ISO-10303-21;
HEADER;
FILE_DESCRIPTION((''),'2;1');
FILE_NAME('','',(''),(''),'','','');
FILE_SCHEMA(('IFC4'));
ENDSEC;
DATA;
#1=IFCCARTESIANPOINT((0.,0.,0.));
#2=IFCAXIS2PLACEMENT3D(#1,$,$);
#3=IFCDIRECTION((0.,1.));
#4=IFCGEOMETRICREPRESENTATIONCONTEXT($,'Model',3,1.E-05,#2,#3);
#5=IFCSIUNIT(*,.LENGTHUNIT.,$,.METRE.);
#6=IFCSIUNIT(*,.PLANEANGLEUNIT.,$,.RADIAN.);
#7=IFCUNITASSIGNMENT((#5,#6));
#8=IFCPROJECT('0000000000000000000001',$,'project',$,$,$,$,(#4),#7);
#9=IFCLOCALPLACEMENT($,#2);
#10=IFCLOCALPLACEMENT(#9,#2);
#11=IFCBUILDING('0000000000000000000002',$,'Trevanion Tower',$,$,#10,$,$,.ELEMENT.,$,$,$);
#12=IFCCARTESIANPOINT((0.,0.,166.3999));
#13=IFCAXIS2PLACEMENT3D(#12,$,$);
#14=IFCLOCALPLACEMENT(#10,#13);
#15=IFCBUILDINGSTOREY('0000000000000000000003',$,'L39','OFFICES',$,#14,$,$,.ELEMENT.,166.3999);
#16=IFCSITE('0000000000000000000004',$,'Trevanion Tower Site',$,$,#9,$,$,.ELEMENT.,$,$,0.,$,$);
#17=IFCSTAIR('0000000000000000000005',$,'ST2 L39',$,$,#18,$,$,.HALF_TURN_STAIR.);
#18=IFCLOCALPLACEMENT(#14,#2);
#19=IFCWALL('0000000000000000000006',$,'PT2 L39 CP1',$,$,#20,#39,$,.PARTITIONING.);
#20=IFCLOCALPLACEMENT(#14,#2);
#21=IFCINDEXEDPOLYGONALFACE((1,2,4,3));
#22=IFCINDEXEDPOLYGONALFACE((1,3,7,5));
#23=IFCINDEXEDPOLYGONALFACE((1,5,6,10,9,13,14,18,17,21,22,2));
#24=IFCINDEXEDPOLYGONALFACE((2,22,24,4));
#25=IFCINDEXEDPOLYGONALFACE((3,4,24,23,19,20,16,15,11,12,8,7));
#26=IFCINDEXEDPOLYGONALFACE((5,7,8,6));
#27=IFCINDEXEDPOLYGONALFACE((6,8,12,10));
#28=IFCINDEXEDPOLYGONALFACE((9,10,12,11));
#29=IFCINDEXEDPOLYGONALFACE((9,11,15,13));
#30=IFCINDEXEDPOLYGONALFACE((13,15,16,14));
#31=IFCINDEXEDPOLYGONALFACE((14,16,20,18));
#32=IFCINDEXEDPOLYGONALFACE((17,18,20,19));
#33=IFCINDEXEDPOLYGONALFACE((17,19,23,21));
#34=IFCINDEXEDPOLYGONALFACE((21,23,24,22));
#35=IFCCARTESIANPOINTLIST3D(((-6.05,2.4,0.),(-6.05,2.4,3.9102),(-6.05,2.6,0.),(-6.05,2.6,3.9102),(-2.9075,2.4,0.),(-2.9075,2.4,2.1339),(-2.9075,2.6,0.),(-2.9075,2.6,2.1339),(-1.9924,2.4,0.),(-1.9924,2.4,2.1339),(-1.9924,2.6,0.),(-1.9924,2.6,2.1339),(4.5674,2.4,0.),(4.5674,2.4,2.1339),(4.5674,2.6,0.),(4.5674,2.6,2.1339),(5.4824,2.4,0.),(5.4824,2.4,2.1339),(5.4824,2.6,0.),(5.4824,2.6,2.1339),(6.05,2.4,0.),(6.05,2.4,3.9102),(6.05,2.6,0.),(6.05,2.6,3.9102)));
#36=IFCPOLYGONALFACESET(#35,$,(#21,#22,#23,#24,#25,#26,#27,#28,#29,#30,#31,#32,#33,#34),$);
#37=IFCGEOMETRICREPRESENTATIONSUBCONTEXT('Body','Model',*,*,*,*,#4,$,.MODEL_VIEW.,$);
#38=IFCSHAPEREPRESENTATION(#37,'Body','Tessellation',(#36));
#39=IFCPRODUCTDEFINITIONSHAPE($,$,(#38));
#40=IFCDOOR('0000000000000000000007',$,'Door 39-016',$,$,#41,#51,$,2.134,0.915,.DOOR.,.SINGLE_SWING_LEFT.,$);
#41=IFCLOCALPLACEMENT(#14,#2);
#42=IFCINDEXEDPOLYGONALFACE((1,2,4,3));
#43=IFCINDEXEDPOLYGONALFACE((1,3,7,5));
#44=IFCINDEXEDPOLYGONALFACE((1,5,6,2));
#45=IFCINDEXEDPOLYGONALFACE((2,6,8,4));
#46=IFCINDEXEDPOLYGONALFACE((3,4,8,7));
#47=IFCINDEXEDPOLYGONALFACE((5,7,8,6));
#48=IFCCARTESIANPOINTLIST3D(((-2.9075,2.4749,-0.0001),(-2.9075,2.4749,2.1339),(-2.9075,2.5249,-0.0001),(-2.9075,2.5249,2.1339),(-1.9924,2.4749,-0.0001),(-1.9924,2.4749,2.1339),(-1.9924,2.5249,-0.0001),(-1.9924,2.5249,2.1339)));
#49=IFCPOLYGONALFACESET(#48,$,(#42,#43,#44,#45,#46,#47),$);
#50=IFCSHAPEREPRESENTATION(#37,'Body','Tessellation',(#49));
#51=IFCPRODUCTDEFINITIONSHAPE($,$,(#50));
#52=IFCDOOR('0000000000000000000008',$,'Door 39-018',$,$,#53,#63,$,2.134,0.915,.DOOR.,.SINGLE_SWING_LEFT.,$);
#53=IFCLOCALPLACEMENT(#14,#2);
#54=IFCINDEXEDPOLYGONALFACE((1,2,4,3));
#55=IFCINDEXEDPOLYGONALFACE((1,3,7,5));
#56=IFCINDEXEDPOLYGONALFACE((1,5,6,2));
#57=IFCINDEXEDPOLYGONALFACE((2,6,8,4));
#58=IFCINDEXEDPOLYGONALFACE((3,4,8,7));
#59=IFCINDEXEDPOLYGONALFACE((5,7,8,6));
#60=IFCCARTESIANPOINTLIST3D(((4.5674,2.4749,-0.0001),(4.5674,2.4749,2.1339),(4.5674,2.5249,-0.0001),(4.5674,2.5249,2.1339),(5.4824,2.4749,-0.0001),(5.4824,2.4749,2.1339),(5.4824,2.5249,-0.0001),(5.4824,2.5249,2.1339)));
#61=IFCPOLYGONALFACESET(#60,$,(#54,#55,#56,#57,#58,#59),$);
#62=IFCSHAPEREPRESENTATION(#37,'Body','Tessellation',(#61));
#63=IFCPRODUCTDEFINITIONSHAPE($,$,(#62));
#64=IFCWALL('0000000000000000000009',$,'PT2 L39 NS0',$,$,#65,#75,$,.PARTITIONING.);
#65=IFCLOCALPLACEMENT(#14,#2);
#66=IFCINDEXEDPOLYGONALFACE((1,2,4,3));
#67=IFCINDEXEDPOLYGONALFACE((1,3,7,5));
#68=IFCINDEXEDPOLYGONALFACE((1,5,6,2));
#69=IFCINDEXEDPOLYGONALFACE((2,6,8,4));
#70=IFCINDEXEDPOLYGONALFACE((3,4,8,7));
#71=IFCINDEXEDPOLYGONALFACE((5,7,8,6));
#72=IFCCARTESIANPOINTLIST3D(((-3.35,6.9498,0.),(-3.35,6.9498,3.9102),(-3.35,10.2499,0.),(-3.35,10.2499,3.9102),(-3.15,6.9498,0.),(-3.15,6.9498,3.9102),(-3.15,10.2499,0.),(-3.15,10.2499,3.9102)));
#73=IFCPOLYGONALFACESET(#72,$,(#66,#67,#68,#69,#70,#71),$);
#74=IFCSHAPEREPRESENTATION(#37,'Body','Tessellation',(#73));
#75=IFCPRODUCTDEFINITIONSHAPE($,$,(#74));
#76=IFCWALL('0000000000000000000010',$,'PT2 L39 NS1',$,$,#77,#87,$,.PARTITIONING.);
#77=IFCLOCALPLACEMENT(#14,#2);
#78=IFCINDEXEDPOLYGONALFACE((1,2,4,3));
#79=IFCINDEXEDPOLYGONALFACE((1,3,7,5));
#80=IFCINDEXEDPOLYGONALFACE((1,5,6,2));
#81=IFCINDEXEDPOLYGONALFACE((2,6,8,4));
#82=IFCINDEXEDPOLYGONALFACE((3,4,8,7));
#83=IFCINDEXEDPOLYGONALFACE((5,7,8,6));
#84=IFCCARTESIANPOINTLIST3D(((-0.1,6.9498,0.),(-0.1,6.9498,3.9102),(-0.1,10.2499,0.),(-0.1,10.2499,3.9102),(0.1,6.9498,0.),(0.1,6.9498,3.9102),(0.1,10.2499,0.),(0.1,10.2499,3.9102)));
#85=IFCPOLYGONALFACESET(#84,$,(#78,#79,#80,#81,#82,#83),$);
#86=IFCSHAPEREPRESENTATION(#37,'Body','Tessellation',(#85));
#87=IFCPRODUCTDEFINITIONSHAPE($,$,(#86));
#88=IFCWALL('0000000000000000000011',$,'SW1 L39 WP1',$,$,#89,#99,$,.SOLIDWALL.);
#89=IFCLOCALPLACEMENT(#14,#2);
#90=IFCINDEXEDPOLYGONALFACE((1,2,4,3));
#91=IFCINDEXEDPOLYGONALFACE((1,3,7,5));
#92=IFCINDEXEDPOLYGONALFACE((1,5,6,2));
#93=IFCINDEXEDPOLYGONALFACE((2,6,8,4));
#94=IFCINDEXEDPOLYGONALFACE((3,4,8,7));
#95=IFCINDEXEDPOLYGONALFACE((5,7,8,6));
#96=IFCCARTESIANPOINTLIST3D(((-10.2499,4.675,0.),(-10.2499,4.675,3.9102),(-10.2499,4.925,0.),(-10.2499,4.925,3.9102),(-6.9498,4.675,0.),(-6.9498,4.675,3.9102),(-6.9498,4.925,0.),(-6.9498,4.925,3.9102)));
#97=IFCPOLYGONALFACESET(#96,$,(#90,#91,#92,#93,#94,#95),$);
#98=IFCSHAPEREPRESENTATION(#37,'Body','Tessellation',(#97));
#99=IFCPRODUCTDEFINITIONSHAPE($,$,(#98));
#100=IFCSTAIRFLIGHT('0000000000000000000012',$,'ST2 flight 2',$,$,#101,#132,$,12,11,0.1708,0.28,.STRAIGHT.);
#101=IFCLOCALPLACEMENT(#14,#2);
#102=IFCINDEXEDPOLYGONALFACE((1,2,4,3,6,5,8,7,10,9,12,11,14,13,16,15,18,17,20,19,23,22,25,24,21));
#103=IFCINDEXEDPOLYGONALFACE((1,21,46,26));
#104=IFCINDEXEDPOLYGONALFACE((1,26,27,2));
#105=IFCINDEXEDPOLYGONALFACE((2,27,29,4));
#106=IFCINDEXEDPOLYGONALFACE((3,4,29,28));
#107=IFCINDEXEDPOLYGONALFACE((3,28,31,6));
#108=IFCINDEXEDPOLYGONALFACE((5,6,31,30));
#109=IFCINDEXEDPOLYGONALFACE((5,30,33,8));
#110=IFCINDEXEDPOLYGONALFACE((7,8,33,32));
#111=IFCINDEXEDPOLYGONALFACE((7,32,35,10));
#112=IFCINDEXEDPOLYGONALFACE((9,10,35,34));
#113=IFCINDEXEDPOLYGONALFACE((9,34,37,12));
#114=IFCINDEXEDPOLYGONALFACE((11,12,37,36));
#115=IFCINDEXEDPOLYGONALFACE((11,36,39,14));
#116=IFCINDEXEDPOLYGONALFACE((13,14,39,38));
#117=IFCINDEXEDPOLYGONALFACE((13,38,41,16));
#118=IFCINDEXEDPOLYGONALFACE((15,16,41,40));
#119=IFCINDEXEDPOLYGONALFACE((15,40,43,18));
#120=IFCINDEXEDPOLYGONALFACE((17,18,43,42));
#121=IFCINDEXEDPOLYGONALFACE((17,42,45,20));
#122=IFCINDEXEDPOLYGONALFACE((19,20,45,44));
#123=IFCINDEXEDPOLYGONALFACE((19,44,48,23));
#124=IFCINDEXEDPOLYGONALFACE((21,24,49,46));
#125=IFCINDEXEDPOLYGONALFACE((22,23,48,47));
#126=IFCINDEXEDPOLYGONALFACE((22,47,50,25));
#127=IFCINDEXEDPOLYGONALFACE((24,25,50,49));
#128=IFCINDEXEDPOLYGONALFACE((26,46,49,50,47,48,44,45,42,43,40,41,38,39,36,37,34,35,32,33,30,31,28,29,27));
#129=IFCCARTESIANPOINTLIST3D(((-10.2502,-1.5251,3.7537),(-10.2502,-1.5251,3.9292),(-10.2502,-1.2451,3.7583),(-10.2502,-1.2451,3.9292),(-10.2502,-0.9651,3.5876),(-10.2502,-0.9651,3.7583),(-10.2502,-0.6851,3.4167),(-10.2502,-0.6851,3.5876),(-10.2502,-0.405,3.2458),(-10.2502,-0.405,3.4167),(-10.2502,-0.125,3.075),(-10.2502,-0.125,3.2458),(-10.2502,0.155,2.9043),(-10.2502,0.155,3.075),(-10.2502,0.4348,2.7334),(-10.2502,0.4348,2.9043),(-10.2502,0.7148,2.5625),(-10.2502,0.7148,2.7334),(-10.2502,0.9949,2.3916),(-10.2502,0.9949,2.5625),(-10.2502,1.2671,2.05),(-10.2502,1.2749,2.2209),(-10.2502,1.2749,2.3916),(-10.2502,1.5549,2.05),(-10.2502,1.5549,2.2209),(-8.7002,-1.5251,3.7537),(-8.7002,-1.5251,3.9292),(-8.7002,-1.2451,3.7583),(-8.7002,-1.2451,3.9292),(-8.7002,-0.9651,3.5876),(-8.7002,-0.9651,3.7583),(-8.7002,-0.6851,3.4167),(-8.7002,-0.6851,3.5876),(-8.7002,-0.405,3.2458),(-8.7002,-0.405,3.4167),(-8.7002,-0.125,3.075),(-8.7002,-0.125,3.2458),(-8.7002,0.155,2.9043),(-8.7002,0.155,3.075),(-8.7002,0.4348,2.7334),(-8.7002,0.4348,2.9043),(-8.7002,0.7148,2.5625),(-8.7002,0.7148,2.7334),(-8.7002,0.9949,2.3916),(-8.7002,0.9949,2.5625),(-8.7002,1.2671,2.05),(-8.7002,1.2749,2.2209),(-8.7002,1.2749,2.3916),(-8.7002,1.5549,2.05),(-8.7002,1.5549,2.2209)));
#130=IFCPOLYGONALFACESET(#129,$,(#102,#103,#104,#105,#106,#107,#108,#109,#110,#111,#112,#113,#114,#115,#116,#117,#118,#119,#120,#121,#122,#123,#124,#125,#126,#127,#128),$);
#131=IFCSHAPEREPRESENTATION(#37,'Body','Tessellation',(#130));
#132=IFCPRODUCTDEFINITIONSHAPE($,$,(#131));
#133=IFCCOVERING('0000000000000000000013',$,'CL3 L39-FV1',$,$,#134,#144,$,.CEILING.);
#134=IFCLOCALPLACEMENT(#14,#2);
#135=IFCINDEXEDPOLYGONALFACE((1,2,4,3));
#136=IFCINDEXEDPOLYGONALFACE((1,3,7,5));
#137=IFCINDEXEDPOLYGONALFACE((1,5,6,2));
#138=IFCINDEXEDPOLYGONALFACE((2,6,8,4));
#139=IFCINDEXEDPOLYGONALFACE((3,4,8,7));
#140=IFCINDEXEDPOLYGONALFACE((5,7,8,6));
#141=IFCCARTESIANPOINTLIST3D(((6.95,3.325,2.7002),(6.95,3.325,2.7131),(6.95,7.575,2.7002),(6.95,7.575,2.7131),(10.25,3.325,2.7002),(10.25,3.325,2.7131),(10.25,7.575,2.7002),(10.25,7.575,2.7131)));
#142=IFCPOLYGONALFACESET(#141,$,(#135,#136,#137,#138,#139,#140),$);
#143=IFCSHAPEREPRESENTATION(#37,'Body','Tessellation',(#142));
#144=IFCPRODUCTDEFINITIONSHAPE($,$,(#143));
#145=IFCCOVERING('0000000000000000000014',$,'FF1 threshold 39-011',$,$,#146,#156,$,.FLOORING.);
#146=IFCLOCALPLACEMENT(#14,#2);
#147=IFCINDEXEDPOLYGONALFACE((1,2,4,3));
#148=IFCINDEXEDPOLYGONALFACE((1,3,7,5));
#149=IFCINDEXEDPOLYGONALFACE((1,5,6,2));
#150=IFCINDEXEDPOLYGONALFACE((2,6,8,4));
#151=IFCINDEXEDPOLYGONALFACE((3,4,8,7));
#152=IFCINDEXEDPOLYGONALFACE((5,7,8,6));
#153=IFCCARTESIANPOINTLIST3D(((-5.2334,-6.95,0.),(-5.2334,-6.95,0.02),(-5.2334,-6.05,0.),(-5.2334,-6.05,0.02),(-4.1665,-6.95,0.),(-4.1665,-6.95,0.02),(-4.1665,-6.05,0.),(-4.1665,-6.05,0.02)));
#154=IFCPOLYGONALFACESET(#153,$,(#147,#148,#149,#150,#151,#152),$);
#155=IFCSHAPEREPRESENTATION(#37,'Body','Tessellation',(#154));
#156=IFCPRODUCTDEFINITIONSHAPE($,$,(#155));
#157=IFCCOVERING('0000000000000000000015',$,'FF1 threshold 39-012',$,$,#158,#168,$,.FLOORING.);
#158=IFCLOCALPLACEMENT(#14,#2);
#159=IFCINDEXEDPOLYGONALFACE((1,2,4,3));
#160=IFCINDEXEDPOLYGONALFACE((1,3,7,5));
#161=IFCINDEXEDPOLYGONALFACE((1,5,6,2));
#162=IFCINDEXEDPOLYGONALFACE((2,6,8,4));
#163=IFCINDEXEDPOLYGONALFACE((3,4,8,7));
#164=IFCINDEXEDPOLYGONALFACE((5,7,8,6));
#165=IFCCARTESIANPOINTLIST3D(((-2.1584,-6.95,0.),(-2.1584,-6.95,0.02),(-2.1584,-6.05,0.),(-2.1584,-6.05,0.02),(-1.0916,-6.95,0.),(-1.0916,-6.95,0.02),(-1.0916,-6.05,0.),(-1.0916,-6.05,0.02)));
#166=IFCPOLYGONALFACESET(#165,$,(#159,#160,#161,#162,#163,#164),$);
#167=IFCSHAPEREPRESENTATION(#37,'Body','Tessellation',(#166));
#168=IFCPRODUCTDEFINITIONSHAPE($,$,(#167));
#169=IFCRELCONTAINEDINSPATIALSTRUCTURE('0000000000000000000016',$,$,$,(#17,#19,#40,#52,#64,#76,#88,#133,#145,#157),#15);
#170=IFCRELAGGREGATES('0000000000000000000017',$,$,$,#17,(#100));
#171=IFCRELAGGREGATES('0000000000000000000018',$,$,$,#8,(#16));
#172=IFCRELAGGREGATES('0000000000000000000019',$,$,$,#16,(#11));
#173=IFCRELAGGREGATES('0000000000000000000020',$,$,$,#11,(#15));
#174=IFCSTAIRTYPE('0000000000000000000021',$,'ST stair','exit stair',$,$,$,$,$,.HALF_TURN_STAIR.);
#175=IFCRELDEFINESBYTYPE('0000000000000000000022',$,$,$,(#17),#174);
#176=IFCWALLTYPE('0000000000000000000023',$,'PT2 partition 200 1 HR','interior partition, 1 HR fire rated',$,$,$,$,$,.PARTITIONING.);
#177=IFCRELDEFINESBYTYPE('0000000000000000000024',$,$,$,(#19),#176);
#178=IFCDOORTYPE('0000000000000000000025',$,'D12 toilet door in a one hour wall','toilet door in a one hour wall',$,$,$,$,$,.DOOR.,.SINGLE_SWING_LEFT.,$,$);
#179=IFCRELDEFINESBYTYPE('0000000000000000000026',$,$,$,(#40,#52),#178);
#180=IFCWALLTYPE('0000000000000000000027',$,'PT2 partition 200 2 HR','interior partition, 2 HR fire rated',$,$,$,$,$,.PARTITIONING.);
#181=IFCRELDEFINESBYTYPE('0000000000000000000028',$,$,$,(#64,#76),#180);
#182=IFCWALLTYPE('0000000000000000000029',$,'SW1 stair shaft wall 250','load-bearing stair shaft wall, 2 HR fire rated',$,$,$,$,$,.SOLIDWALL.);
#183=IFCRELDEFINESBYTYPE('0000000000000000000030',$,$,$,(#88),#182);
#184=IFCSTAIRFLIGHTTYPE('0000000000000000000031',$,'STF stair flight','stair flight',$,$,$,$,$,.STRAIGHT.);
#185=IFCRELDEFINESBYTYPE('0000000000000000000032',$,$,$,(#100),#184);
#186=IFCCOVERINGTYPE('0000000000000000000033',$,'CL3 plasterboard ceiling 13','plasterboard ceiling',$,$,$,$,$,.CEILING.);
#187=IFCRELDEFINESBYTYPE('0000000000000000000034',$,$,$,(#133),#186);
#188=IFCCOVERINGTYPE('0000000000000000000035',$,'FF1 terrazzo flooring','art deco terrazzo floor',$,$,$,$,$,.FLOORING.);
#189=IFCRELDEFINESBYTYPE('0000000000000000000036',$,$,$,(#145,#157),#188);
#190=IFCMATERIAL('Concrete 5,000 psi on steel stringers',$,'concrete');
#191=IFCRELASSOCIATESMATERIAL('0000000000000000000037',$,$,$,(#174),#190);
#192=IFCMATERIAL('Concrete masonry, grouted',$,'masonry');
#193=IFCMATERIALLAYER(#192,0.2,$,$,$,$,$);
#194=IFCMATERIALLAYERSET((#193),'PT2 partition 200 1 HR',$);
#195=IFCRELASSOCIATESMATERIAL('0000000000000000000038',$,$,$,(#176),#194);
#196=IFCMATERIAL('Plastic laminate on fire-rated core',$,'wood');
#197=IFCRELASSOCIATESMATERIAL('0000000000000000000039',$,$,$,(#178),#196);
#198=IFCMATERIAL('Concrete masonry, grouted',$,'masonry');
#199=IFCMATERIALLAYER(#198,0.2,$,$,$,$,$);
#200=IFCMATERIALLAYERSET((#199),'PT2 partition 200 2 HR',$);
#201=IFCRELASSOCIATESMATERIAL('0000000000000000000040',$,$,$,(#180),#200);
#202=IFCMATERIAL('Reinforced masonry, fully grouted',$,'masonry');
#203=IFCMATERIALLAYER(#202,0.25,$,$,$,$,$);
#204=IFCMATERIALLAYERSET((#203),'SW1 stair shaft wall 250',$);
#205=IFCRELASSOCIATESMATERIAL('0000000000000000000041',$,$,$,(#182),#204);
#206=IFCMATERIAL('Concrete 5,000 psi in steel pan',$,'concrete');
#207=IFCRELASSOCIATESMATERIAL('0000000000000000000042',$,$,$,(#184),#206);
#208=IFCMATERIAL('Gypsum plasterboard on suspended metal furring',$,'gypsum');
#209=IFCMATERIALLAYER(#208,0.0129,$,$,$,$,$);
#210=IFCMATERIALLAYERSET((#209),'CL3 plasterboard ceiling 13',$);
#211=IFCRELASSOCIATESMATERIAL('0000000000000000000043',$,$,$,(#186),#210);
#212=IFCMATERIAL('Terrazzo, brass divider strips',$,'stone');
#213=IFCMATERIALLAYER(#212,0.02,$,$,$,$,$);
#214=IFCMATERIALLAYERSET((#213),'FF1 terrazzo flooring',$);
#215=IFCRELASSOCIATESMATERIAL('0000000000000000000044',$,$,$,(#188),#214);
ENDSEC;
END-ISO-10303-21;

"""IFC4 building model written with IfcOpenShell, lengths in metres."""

from ifc_helpers import new_model, si_unit, direction, frame, frame_2d, origin, place, context, subcontext, project, spatial, polyline, rectangle, outline, extrude, material, layer, layer_set, type_object, element, fill, aggregate, save


model = new_model("IFC4")

# Units and contexts
model_context = context("Model", 3, precision=1e-05, world=origin(), true_north=direction((0.0, 1.0)))
body_context = subcontext(model_context, "Body", "Model", "MODEL_VIEW")
ifc_project = project(units=[si_unit("LENGTHUNIT", "METRE"), si_unit("PLANEANGLEUNIT", "RADIAN")], contexts=[model_context])

# Site, building, storey
site_placement = place(None, origin())
site = spatial("IfcSite", under=ifc_project, at=site_placement, Name="Trevanion Tower Site", CompositionType="ELEMENT", RefElevation=0.0)
building_placement = place(site_placement, origin())
building = spatial("IfcBuilding", under=site, at=building_placement, Name="Trevanion Tower", CompositionType="ELEMENT")
storey_placement = place(building_placement, frame((0.0, 0.0, 166.3999)))
storey = spatial("IfcBuildingStorey", under=building, at=storey_placement, Name="L39", Description="OFFICES", CompositionType="ELEMENT", Elevation=166.3999)

# Stair
ifc_material_1 = material(Name="Concrete 5,000 psi on steel stringers", Category="concrete")
stair_type = type_object("IfcStairType", Name="ST stair", Description="exit stair", PredefinedType="HALF_TURN_STAIR", material=ifc_material_1)
stair_1_placement = place(storey_placement, origin())
stair_1 = element("IfcStair", 1, at=stair_1_placement, inside=storey, type_object=stair_type, Name="ST2 L39", PredefinedType="HALF_TURN_STAIR")

# Wall, openings, doors
ifc_material_2 = material(Name="Concrete masonry, grouted", Category="masonry")
ifc_layer_1 = layer(ifc_material_2, 0.2)
ifc_layer_set_1 = layer_set([ifc_layer_1], Name="PT2 partition 200 1 HR")
wall_type_1 = type_object("IfcWallType", Name="PT2 partition 200 1 HR", Description="interior partition, 1 HR fire rated", PredefinedType="PARTITIONING", material=ifc_layer_set_1)
wall_1_placement = place(storey_placement, frame((-6.05, 2.5, 0.0), z_axis=(0.0, 0.0, 1.0), x_axis=(1.0, 0.0, 0.0)))
wall_1 = element("IfcWall", 2, at=wall_1_placement, inside=storey, type_object=wall_type_1, Name="PT2 L39 CP1", PredefinedType="PARTITIONING", context=body_context, shape_type="SweptSolid", body=[
    extrude(rectangle(XDim=12.1001, YDim=0.2, at=frame_2d((6.05, 0.0))), origin(), (0.0, 0.0, 1.0), 3.9102),
])
opening_1_placement = place(wall_1_placement, frame((3.1426, 0.0, 0.0)))
opening_1 = element("IfcOpeningElement", 3, at=opening_1_placement, cuts=wall_1, PredefinedType="OPENING", context=body_context, shape_type="SweptSolid", body=[
    extrude(rectangle(XDim=0.915, YDim=2.134, at=frame_2d((0.4575, 1.0669))), frame((0.0, 0.1099, 0.0), z_axis=(0.0, -1.0, 0.0), x_axis=(1.0, 0.0, 0.0)), (0.0, 0.0, 1.0), 0.22),
])
opening_2_placement = place(wall_1_placement, frame((10.6174, 0.0, 0.0)))
opening_2 = element("IfcOpeningElement", 4, at=opening_2_placement, cuts=wall_1, PredefinedType="OPENING", context=body_context, shape_type="SweptSolid", body=[
    extrude(rectangle(XDim=0.915, YDim=2.134, at=frame_2d((0.4575, 1.0669))), frame((0.0, 0.1099, 0.0), z_axis=(0.0, -1.0, 0.0), x_axis=(1.0, 0.0, 0.0)), (0.0, 0.0, 1.0), 0.22),
])
ifc_material_3 = material(Name="Plastic laminate on fire-rated core", Category="wood")
door_type_1 = type_object("IfcDoorType", Name="D12 toilet door in a one hour wall", Description="toilet door in a one hour wall", OperationType="SINGLE_SWING_LEFT", PredefinedType="DOOR", material=ifc_material_3)
door_1_placement = place(opening_1_placement, origin())
door_1 = element("IfcDoor", 5, at=door_1_placement, inside=storey, type_object=door_type_1, Name="Door 39-016", OperationType="SINGLE_SWING_LEFT", OverallHeight=2.134, OverallWidth=0.915, PredefinedType="DOOR", context=body_context, shape_type="SweptSolid", body=[
    extrude(rectangle(XDim=0.915, YDim=2.134, at=frame_2d((0.4575, 1.0669))), frame((0.0, 0.0249, 0.0), z_axis=(0.0, -1.0, 0.0), x_axis=(1.0, 0.0, 0.0)), (0.0, 0.0, 1.0), 0.05),
])
fill(opening_1, door_1)
door_2_placement = place(opening_2_placement, origin())
door_2 = element("IfcDoor", 6, at=door_2_placement, inside=storey, type_object=door_type_1, Name="Door 39-018", OperationType="SINGLE_SWING_LEFT", OverallHeight=2.134, OverallWidth=0.915, PredefinedType="DOOR", context=body_context, shape_type="SweptSolid", body=[
    extrude(rectangle(XDim=0.915, YDim=2.134, at=frame_2d((0.4575, 1.0669))), frame((0.0, 0.0249, 0.0), z_axis=(0.0, -1.0, 0.0), x_axis=(1.0, 0.0, 0.0)), (0.0, 0.0, 1.0), 0.05),
])
fill(opening_2, door_2)

# Walls
ifc_material_4 = material(Name="Concrete masonry, grouted", Category="masonry")
ifc_layer_2 = layer(ifc_material_4, 0.2)
ifc_layer_set_2 = layer_set([ifc_layer_2], Name="PT2 partition 200 2 HR")
wall_type_2 = type_object("IfcWallType", Name="PT2 partition 200 2 HR", Description="interior partition, 2 HR fire rated", PredefinedType="PARTITIONING", material=ifc_layer_set_2)
for number, where, z_axis, x_axis, name in (
    (7, (-3.25, 6.95, 0.0), (0.0, 0.0, 1.0), (0.0, 1.0, 0.0), "PT2 L39 NS0"),
    (8, (0.0, 6.95, 0.0), (0.0, 0.0, 1.0), (0.0, 1.0, 0.0), "PT2 L39 NS1"),
):
    element("IfcWall", number, at=place(storey_placement, frame(where, z_axis=z_axis, x_axis=x_axis)), inside=storey, type_object=wall_type_2, Name=name, PredefinedType="PARTITIONING", context=body_context, shape_type="SweptSolid", body=[
        extrude(rectangle(XDim=3.3, YDim=0.2, at=frame_2d((1.6499, 0.0))), origin(), (0.0, 0.0, 1.0), 3.9102),
    ])
ifc_material_5 = material(Name="Reinforced masonry, fully grouted", Category="masonry")
ifc_layer_3 = layer(ifc_material_5, 0.25)
ifc_layer_set_3 = layer_set([ifc_layer_3], Name="SW1 stair shaft wall 250")
wall_type_3 = type_object("IfcWallType", Name="SW1 stair shaft wall 250", Description="load-bearing stair shaft wall, 2 HR fire rated", PredefinedType="SOLIDWALL", material=ifc_layer_set_3)
wall_2_placement = place(storey_placement, frame((-6.95, 4.8, 0.0), z_axis=(0.0, 0.0, 1.0), x_axis=(-1.0, 0.0, 0.0)))
element("IfcWall", 9, at=wall_2_placement, inside=storey, type_object=wall_type_3, Name="SW1 L39 WP1", PredefinedType="SOLIDWALL", context=body_context, shape_type="SweptSolid", body=[
    extrude(rectangle(XDim=3.3, YDim=0.25, at=frame_2d((1.6499, 0.0))), origin(), (0.0, 0.0, 1.0), 3.9102),
])

# Stair flight
ifc_material_6 = material(Name="Concrete 5,000 psi in steel pan", Category="concrete")
stair_flight_type = type_object("IfcStairFlightType", Name="STF stair flight", Description="stair flight", PredefinedType="STRAIGHT", material=ifc_material_6)
stair_flight_placement = place(storey_placement, frame((-9.4751, 1.5549, 2.05), z_axis=(0.0, 0.0, 1.0), x_axis=(0.0, -1.0, 0.0)))
stair_flight = element("IfcStairFlight", 10, at=stair_flight_placement, type_object=stair_flight_type, Name="ST2 flight 2", NumberOfRisers=12, NumberOfTreads=11, PredefinedType="STRAIGHT", RiserHeight=0.1708, TreadLength=0.28, context=body_context, shape_type="SweptSolid", body=[
    extrude(outline(polyline([(0.0, 0.0), (0.0, 0.1709), (0.28, 0.1709), (0.28, 0.3416), (0.5601, 0.3416), (0.5601, 0.5125), (0.8401, 0.5125), (0.8401, 0.6833), (1.1201, 0.6833), (1.1201, 0.8542), (1.3999, 0.8542), (1.3999, 1.0249), (1.6799, 1.0249), (1.6799, 1.1958), (1.96, 1.1958), (1.96, 1.3667), (2.24, 1.3667), (2.24, 1.5376), (2.52, 1.5376), (2.52, 1.7083), (2.8, 1.7083), (2.8, 1.8792), (3.0801, 1.8792), (3.0801, 2.05), (3.0801, 1.7036), (0.2878, 0.0), (0.0, 0.0)])), frame((0.0, 0.7749, 0.0), z_axis=(0.0, -1.0, 0.0), x_axis=(1.0, 0.0, 0.0)), (0.0, 0.0, 1.0), 1.55),
])
aggregate(stair_1, [stair_flight])

# Coverings
ifc_material_7 = material(Name="Gypsum plasterboard on suspended metal furring", Category="gypsum")
ifc_layer_4 = layer(ifc_material_7, 0.0129)
ifc_layer_set_4 = layer_set([ifc_layer_4], Name="CL3 plasterboard ceiling 13")
covering_type_1 = type_object("IfcCoveringType", Name="CL3 plasterboard ceiling 13", Description="plasterboard ceiling", PredefinedType="CEILING", material=ifc_layer_set_4)
covering_1_placement = place(storey_placement, frame((0.0, 0.0, 2.7002)))
element("IfcCovering", 11, at=covering_1_placement, inside=storey, type_object=covering_type_1, Name="CL3 L39-FV1", PredefinedType="CEILING", context=body_context, shape_type="SweptSolid", body=[
    extrude(outline(polyline([(10.25, 3.325), (10.25, 7.575), (6.95, 7.575), (6.95, 3.325), (10.25, 3.325)])), origin(), (0.0, 0.0, 1.0), 0.0129),
])
ifc_material_8 = material(Name="Terrazzo, brass divider strips", Category="stone")
ifc_layer_5 = layer(ifc_material_8, 0.02)
ifc_layer_set_5 = layer_set([ifc_layer_5], Name="FF1 terrazzo flooring")
covering_type_2 = type_object("IfcCoveringType", Name="FF1 terrazzo flooring", Description="art deco terrazzo floor", PredefinedType="FLOORING", material=ifc_layer_set_5)
covering_2_placement = place(storey_placement, origin())
element("IfcCovering", 12, at=covering_2_placement, inside=storey, type_object=covering_type_2, Name="FF1 threshold 39-011", PredefinedType="FLOORING", context=body_context, shape_type="SweptSolid", body=[
    extrude(outline(polyline([(-5.2334, -6.95), (-4.1665, -6.95), (-4.1665, -6.05), (-5.2334, -6.05), (-5.2334, -6.95)])), origin(), (0.0, 0.0, 1.0), 0.02),
])
covering_3_placement = place(storey_placement, origin())
element("IfcCovering", 13, at=covering_3_placement, inside=storey, type_object=covering_type_2, Name="FF1 threshold 39-012", PredefinedType="FLOORING", context=body_context, shape_type="SweptSolid", body=[
    extrude(outline(polyline([(-2.1584, -6.95), (-1.0916, -6.95), (-1.0916, -6.05), (-2.1584, -6.05), (-2.1584, -6.95)])), origin(), (0.0, 0.0, 1.0), 0.02),
])

save(model, "model.ifc")
